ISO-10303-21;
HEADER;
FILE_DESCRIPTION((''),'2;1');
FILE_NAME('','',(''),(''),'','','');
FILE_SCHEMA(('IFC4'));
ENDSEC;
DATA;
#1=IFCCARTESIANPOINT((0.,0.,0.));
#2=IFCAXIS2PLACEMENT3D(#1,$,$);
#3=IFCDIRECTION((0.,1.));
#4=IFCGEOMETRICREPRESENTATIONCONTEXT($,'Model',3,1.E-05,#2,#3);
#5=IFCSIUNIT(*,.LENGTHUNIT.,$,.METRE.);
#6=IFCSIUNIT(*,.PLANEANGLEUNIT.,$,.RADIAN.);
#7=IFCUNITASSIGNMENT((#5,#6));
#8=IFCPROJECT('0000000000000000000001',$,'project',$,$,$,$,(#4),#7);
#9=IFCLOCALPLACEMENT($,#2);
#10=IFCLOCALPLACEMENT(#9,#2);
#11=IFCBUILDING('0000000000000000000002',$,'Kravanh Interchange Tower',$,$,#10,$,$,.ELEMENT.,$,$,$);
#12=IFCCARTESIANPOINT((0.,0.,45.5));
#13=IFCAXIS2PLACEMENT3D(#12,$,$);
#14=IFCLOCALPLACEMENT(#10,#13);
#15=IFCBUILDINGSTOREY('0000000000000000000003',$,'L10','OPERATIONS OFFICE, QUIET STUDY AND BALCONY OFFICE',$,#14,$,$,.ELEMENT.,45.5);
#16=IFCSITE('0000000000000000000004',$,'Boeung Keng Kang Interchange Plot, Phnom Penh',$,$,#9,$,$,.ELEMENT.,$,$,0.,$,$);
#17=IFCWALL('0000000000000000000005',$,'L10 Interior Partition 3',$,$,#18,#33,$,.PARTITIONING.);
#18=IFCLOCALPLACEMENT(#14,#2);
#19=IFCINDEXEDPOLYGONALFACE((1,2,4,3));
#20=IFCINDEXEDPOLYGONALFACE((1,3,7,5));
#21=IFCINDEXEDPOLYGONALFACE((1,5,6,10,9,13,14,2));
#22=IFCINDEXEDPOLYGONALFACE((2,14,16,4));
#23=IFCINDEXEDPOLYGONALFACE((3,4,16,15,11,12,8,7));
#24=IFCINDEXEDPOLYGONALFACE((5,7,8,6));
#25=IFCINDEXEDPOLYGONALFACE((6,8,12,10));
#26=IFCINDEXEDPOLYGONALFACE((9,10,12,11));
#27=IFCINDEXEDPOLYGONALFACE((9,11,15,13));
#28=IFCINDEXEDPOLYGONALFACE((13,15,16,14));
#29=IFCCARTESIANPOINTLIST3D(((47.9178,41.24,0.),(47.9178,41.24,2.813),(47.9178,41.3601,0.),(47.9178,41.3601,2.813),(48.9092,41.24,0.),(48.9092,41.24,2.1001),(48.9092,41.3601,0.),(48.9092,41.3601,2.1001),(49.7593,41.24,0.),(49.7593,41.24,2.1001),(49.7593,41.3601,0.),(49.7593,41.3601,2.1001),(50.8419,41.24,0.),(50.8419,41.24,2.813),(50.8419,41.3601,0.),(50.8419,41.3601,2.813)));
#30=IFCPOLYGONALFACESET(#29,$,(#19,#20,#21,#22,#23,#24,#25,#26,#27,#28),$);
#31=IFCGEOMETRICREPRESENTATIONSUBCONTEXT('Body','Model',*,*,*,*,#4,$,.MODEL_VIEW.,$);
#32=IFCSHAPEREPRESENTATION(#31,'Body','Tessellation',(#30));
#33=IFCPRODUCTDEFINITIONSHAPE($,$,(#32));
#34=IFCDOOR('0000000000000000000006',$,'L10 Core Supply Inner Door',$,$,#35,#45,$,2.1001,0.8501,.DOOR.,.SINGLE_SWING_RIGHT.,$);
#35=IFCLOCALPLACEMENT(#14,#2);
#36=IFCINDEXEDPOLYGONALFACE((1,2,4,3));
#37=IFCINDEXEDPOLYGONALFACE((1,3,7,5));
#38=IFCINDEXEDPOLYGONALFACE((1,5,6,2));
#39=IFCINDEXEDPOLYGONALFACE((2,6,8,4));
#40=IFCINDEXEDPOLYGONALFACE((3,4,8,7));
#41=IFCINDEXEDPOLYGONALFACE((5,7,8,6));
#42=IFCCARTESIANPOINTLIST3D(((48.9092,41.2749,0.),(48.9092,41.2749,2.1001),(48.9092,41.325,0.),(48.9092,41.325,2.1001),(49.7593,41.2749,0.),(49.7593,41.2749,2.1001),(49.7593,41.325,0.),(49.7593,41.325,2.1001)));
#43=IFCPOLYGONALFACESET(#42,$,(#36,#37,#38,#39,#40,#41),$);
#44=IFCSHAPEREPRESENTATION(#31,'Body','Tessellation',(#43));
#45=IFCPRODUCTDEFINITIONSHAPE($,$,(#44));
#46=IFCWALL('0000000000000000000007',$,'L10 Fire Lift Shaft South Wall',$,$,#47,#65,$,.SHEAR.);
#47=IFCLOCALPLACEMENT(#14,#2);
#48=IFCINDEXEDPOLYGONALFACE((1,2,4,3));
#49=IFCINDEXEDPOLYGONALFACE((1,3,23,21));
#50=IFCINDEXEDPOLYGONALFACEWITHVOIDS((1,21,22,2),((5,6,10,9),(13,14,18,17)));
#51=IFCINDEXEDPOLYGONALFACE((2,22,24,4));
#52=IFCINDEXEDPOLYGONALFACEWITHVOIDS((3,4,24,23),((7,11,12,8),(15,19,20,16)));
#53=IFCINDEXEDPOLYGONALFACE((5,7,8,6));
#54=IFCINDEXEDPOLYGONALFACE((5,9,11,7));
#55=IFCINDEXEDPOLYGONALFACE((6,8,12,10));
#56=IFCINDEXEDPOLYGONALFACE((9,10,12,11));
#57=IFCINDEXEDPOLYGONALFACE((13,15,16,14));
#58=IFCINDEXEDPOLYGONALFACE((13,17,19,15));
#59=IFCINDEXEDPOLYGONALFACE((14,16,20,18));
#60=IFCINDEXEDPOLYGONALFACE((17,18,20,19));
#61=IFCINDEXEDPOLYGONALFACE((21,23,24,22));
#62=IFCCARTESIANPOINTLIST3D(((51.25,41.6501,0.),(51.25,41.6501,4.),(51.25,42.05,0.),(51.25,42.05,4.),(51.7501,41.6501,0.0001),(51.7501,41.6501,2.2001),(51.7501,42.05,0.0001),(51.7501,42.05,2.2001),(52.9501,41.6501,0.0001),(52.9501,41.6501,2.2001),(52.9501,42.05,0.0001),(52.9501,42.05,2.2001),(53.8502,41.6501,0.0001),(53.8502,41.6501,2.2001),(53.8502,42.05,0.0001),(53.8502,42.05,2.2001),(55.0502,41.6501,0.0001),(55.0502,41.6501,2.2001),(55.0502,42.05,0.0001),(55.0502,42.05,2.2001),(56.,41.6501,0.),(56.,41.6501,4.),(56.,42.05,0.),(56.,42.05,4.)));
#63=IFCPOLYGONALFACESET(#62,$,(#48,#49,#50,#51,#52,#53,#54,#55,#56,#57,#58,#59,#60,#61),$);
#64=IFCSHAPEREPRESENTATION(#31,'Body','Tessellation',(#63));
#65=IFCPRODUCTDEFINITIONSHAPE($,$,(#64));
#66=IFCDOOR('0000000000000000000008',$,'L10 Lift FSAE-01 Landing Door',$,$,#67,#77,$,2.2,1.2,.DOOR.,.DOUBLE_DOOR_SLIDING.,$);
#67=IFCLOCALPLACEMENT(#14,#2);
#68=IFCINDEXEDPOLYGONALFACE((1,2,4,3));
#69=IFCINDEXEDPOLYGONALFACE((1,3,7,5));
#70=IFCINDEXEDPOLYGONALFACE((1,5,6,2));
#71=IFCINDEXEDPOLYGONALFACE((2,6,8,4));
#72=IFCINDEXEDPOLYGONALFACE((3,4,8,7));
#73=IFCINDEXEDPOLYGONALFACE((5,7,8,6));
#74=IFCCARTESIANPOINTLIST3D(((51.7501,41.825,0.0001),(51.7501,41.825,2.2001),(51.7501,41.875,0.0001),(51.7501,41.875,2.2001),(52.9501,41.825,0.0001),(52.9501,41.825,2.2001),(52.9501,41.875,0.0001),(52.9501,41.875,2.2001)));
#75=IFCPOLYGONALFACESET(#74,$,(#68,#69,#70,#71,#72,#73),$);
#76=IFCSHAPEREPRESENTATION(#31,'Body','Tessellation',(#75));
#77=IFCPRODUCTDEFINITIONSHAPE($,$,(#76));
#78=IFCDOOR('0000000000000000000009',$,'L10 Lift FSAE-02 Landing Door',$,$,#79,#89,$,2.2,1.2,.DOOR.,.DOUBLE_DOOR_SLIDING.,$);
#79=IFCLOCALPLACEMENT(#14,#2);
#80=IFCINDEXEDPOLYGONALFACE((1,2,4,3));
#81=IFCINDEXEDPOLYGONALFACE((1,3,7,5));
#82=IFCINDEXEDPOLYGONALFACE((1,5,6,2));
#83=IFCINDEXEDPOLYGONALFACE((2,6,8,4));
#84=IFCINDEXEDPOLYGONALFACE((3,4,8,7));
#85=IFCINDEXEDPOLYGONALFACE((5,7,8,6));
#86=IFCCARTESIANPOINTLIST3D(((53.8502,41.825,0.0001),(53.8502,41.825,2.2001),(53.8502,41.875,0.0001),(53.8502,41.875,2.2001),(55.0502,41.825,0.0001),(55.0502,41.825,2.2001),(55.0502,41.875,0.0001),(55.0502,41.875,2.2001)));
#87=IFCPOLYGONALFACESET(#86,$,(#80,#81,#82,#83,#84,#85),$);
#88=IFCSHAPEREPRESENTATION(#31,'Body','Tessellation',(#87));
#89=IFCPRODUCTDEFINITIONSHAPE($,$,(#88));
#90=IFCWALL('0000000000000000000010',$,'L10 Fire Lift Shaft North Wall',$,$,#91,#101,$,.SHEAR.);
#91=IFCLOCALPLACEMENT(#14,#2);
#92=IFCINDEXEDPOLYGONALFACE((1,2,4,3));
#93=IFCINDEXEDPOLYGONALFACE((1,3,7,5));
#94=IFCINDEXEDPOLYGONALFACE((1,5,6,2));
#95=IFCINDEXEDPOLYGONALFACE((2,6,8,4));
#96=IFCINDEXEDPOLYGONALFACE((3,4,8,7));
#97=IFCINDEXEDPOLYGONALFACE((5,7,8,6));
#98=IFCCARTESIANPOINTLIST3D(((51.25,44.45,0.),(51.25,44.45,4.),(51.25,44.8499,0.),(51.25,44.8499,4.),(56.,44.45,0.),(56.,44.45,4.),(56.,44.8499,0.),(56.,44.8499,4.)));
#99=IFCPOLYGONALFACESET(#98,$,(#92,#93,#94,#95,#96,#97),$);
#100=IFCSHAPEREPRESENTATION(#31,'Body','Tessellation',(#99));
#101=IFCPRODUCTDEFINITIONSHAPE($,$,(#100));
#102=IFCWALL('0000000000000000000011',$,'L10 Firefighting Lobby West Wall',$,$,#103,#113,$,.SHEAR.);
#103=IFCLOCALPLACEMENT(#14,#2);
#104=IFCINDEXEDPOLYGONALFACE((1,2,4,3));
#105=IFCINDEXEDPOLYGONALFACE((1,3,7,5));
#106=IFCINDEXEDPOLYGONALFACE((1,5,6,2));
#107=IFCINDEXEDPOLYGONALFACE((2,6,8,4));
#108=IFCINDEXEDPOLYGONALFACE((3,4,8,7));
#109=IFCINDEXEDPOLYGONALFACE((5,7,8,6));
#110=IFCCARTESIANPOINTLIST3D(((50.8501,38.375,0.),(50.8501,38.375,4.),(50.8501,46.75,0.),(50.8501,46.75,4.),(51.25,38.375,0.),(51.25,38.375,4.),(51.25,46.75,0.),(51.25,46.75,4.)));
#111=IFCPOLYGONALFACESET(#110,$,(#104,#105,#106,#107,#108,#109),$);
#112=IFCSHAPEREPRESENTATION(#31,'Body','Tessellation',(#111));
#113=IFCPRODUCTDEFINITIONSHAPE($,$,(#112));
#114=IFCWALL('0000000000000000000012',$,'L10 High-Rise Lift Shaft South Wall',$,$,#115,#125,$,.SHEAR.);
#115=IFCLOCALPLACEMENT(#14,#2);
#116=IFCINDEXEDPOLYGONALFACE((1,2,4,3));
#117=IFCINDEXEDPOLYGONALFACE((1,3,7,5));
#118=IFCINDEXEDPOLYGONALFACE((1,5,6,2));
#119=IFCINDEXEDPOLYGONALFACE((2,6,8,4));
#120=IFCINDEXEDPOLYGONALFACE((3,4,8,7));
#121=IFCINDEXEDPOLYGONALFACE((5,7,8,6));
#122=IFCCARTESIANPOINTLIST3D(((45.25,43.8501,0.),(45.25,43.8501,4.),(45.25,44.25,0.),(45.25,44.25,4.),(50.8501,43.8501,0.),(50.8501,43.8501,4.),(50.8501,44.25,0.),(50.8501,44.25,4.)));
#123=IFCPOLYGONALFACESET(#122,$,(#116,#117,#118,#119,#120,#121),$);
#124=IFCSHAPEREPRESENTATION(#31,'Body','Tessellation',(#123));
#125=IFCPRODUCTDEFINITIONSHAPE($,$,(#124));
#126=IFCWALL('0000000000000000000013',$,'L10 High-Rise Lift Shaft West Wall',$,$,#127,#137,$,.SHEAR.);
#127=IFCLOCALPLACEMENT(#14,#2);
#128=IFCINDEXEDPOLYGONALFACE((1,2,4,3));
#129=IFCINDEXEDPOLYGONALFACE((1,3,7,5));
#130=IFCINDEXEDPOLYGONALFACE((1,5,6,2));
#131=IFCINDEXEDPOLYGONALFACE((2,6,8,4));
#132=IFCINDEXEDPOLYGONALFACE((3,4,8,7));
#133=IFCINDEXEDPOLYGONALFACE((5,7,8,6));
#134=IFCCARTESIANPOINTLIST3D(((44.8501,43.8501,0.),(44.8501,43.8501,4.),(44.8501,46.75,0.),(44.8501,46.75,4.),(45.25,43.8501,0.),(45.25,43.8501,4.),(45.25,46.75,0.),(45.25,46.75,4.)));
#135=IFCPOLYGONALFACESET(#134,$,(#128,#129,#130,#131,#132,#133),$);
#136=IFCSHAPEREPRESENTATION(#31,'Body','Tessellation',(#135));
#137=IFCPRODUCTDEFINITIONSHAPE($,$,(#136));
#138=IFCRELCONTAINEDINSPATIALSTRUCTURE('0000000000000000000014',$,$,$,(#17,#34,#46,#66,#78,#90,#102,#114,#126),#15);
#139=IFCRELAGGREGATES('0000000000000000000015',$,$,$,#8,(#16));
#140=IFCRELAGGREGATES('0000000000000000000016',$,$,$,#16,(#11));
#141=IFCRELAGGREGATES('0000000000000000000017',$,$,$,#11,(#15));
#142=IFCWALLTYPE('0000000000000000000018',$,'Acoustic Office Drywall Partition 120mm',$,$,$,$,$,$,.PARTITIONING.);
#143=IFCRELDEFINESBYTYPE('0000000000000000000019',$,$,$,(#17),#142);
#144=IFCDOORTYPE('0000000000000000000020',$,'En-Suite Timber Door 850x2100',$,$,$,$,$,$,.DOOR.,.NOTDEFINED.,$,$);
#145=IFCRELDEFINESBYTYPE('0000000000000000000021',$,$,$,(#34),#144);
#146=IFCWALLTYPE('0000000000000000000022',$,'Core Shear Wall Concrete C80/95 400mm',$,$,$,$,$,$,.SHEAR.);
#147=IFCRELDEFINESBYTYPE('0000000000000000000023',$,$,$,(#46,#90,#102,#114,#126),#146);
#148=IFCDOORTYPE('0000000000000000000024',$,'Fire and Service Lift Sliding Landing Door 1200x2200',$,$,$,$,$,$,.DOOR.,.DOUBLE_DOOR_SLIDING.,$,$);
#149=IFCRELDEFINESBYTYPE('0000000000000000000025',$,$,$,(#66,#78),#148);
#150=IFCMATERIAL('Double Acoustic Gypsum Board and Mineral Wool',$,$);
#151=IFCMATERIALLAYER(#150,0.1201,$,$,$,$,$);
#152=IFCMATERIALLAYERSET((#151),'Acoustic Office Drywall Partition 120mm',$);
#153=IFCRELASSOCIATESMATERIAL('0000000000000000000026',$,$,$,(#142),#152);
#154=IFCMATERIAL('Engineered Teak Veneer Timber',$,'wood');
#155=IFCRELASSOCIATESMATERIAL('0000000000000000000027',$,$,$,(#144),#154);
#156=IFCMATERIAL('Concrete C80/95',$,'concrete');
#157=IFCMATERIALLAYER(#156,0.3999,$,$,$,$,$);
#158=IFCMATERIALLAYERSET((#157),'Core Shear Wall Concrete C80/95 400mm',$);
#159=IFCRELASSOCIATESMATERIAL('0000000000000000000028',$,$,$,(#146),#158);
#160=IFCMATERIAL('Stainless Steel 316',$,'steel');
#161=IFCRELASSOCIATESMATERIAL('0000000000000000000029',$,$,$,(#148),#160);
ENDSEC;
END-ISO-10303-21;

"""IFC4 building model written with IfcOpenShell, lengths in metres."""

from ifc_helpers import new_model, si_unit, direction, frame, frame_2d, origin, place, context, subcontext, project, spatial, rectangle, extrude, material, layer, layer_set, type_object, element, fill, save


model = new_model("IFC4")

# Units and contexts
model_context = context("Model", 3, precision=1e-05, world=origin(), true_north=direction((0.0, 1.0)))
body_context = subcontext(model_context, "Body", "Model", "MODEL_VIEW")
ifc_project = project(units=[si_unit("LENGTHUNIT", "METRE"), si_unit("PLANEANGLEUNIT", "RADIAN")], contexts=[model_context])

# Site, building, storey
site_placement = place(None, origin())
site = spatial("IfcSite", under=ifc_project, at=site_placement, Name="Boeung Keng Kang Interchange Plot, Phnom Penh", CompositionType="ELEMENT", RefElevation=0.0)
building_placement = place(site_placement, origin())
building = spatial("IfcBuilding", under=site, at=building_placement, Name="Kravanh Interchange Tower", CompositionType="ELEMENT")
storey_placement = place(building_placement, frame((0.0, 0.0, 45.5)))
storey = spatial("IfcBuildingStorey", under=building, at=storey_placement, Name="L10", Description="OPERATIONS OFFICE, QUIET STUDY AND BALCONY OFFICE", CompositionType="ELEMENT", Elevation=45.5)

# Shared definitions
ifc_material_1 = material(Name="Double Acoustic Gypsum Board and Mineral Wool")
ifc_layer_1 = layer(ifc_material_1, 0.1201)
ifc_layer_set_1 = layer_set([ifc_layer_1], Name="Acoustic Office Drywall Partition 120mm")
wall_type_1 = type_object("IfcWallType", Name="Acoustic Office Drywall Partition 120mm", PredefinedType="PARTITIONING", material=ifc_layer_set_1)

# Wall, opening, door
wall_1_placement = place(storey_placement, frame((47.918, 41.3, 0.0), z_axis=(0.0, 0.0, 1.0), x_axis=(1.0, 0.0, 0.0)))
wall_1 = element("IfcWall", 1, at=wall_1_placement, inside=storey, type_object=wall_type_1, Name="L10 Interior Partition 3", PredefinedType="PARTITIONING", context=body_context, shape_type="SweptSolid", body=[
    extrude(rectangle(XDim=2.9241, YDim=0.1201, at=frame_2d((1.4619, 0.0))), origin(), (0.0, 0.0, 1.0), 2.813),
])
opening_1_placement = place(wall_1_placement, frame((0.9912, 0.0, 0.0)))
opening_1 = element("IfcOpeningElement", 2, at=opening_1_placement, cuts=wall_1, PredefinedType="OPENING", context=body_context, shape_type="SweptSolid", body=[
    extrude(rectangle(XDim=0.8501, YDim=2.1001, at=frame_2d((0.425, 1.05))), frame((0.0, 0.0701, 0.0), z_axis=(0.0, -1.0, 0.0), x_axis=(1.0, 0.0, 0.0)), (0.0, 0.0, 1.0), 0.1401),
])
ifc_material_2 = material(Name="Engineered Teak Veneer Timber", Category="wood")
door_type_1 = type_object("IfcDoorType", Name="En-Suite Timber Door 850x2100", OperationType="NOTDEFINED", PredefinedType="DOOR", material=ifc_material_2)
door_1_placement = place(opening_1_placement, origin())
door_1 = element("IfcDoor", 3, at=door_1_placement, inside=storey, type_object=door_type_1, Name="L10 Core Supply Inner Door", OperationType="SINGLE_SWING_RIGHT", OverallHeight=2.1001, OverallWidth=0.8501, PredefinedType="DOOR", context=body_context, shape_type="SweptSolid", body=[
    extrude(rectangle(XDim=0.8501, YDim=2.1001, at=frame_2d((0.425, 1.05))), frame((0.0, 0.0249, 0.0), z_axis=(0.0, -1.0, 0.0), x_axis=(1.0, 0.0, 0.0)), (0.0, 0.0, 1.0), 0.05),
])
fill(opening_1, door_1)

# Wall, openings, doors
ifc_material_3 = material(Name="Concrete C80/95", Category="concrete")
ifc_layer_2 = layer(ifc_material_3, 0.3999)
ifc_layer_set_2 = layer_set([ifc_layer_2], Name="Core Shear Wall Concrete C80/95 400mm")
wall_type_2 = type_object("IfcWallType", Name="Core Shear Wall Concrete C80/95 400mm", PredefinedType="SHEAR", material=ifc_layer_set_2)
wall_2_placement = place(storey_placement, frame((51.25, 41.8501, 0.0), z_axis=(0.0, 0.0, 1.0), x_axis=(1.0, 0.0, 0.0)))
wall_2 = element("IfcWall", 4, at=wall_2_placement, inside=storey, type_object=wall_type_2, Name="L10 Fire Lift Shaft South Wall", PredefinedType="SHEAR", context=body_context, shape_type="SweptSolid", body=[
    extrude(rectangle(XDim=4.75, YDim=0.3999, at=frame_2d((2.375, 0.0))), origin(), (0.0, 0.0, 1.0), 4.0),
])
opening_2_placement = place(wall_2_placement, frame((0.5, 0.0, 0.0)))
opening_2 = element("IfcOpeningElement", 5, at=opening_2_placement, cuts=wall_2, PredefinedType="OPENING", context=body_context, shape_type="SweptSolid", body=[
    extrude(rectangle(XDim=1.2, YDim=2.2, at=frame_2d((0.6001, 1.1001))), frame((0.0, 0.21, 0.0), z_axis=(0.0, -1.0, 0.0), x_axis=(1.0, 0.0, 0.0)), (0.0, 0.0, 1.0), 0.4199),
])
opening_3_placement = place(wall_2_placement, frame((2.6001, 0.0, 0.0)))
opening_3 = element("IfcOpeningElement", 6, at=opening_3_placement, cuts=wall_2, PredefinedType="OPENING", context=body_context, shape_type="SweptSolid", body=[
    extrude(rectangle(XDim=1.2, YDim=2.2, at=frame_2d((0.6001, 1.1001))), frame((0.0, 0.21, 0.0), z_axis=(0.0, -1.0, 0.0), x_axis=(1.0, 0.0, 0.0)), (0.0, 0.0, 1.0), 0.4199),
])
ifc_material_4 = material(Name="Stainless Steel 316", Category="steel")
door_type_2 = type_object("IfcDoorType", Name="Fire and Service Lift Sliding Landing Door 1200x2200", OperationType="DOUBLE_DOOR_SLIDING", PredefinedType="DOOR", material=ifc_material_4)
door_2_placement = place(opening_2_placement, origin())
door_2 = element("IfcDoor", 7, at=door_2_placement, inside=storey, type_object=door_type_2, Name="L10 Lift FSAE-01 Landing Door", OperationType="DOUBLE_DOOR_SLIDING", OverallHeight=2.2, OverallWidth=1.2, PredefinedType="DOOR", context=body_context, shape_type="SweptSolid", body=[
    extrude(rectangle(XDim=1.2, YDim=2.2, at=frame_2d((0.6001, 1.1001))), frame((0.0, 0.0249, 0.0), z_axis=(0.0, -1.0, 0.0), x_axis=(1.0, 0.0, 0.0)), (0.0, 0.0, 1.0), 0.05),
])
fill(opening_2, door_2)
door_3_placement = place(opening_3_placement, origin())
door_3 = element("IfcDoor", 8, at=door_3_placement, inside=storey, type_object=door_type_2, Name="L10 Lift FSAE-02 Landing Door", OperationType="DOUBLE_DOOR_SLIDING", OverallHeight=2.2, OverallWidth=1.2, PredefinedType="DOOR", context=body_context, shape_type="SweptSolid", body=[
    extrude(rectangle(XDim=1.2, YDim=2.2, at=frame_2d((0.6001, 1.1001))), frame((0.0, 0.0249, 0.0), z_axis=(0.0, -1.0, 0.0), x_axis=(1.0, 0.0, 0.0)), (0.0, 0.0, 1.0), 0.05),
])
fill(opening_3, door_3)

# Walls
wall_3_placement = place(storey_placement, frame((51.25, 44.6499, 0.0), z_axis=(0.0, 0.0, 1.0), x_axis=(1.0, 0.0, 0.0)))
element("IfcWall", 9, at=wall_3_placement, inside=storey, type_object=wall_type_2, Name="L10 Fire Lift Shaft North Wall", PredefinedType="SHEAR", context=body_context, shape_type="SweptSolid", body=[
    extrude(rectangle(XDim=4.75, YDim=0.3999, at=frame_2d((2.375, 0.0))), origin(), (0.0, 0.0, 1.0), 4.0),
])
wall_4_placement = place(storey_placement, frame((51.05, 38.375, 0.0), z_axis=(0.0, 0.0, 1.0), x_axis=(0.0, 1.0, 0.0)))
element("IfcWall", 10, at=wall_4_placement, inside=storey, type_object=wall_type_2, Name="L10 Firefighting Lobby West Wall", PredefinedType="SHEAR", context=body_context, shape_type="SweptSolid", body=[
    extrude(rectangle(XDim=8.375, YDim=0.3999, at=frame_2d((4.1875, 0.0))), origin(), (0.0, 0.0, 1.0), 4.0),
])
wall_5_placement = place(storey_placement, frame((45.25, 44.05, 0.0), z_axis=(0.0, 0.0, 1.0), x_axis=(1.0, 0.0, 0.0)))
element("IfcWall", 11, at=wall_5_placement, inside=storey, type_object=wall_type_2, Name="L10 High-Rise Lift Shaft South Wall", PredefinedType="SHEAR", context=body_context, shape_type="SweptSolid", body=[
    extrude(rectangle(XDim=5.6001, YDim=0.3999, at=frame_2d((2.8, 0.0))), origin(), (0.0, 0.0, 1.0), 4.0),
])
wall_6_placement = place(storey_placement, frame((45.05, 43.8501, 0.0), z_axis=(0.0, 0.0, 1.0), x_axis=(0.0, 1.0, 0.0)))
element("IfcWall", 12, at=wall_6_placement, inside=storey, type_object=wall_type_2, Name="L10 High-Rise Lift Shaft West Wall", PredefinedType="SHEAR", context=body_context, shape_type="SweptSolid", body=[
    extrude(rectangle(XDim=2.8999, YDim=0.3999, at=frame_2d((1.45, 0.0))), origin(), (0.0, 0.0, 1.0), 4.0),
])

save(model, "model.ifc")
